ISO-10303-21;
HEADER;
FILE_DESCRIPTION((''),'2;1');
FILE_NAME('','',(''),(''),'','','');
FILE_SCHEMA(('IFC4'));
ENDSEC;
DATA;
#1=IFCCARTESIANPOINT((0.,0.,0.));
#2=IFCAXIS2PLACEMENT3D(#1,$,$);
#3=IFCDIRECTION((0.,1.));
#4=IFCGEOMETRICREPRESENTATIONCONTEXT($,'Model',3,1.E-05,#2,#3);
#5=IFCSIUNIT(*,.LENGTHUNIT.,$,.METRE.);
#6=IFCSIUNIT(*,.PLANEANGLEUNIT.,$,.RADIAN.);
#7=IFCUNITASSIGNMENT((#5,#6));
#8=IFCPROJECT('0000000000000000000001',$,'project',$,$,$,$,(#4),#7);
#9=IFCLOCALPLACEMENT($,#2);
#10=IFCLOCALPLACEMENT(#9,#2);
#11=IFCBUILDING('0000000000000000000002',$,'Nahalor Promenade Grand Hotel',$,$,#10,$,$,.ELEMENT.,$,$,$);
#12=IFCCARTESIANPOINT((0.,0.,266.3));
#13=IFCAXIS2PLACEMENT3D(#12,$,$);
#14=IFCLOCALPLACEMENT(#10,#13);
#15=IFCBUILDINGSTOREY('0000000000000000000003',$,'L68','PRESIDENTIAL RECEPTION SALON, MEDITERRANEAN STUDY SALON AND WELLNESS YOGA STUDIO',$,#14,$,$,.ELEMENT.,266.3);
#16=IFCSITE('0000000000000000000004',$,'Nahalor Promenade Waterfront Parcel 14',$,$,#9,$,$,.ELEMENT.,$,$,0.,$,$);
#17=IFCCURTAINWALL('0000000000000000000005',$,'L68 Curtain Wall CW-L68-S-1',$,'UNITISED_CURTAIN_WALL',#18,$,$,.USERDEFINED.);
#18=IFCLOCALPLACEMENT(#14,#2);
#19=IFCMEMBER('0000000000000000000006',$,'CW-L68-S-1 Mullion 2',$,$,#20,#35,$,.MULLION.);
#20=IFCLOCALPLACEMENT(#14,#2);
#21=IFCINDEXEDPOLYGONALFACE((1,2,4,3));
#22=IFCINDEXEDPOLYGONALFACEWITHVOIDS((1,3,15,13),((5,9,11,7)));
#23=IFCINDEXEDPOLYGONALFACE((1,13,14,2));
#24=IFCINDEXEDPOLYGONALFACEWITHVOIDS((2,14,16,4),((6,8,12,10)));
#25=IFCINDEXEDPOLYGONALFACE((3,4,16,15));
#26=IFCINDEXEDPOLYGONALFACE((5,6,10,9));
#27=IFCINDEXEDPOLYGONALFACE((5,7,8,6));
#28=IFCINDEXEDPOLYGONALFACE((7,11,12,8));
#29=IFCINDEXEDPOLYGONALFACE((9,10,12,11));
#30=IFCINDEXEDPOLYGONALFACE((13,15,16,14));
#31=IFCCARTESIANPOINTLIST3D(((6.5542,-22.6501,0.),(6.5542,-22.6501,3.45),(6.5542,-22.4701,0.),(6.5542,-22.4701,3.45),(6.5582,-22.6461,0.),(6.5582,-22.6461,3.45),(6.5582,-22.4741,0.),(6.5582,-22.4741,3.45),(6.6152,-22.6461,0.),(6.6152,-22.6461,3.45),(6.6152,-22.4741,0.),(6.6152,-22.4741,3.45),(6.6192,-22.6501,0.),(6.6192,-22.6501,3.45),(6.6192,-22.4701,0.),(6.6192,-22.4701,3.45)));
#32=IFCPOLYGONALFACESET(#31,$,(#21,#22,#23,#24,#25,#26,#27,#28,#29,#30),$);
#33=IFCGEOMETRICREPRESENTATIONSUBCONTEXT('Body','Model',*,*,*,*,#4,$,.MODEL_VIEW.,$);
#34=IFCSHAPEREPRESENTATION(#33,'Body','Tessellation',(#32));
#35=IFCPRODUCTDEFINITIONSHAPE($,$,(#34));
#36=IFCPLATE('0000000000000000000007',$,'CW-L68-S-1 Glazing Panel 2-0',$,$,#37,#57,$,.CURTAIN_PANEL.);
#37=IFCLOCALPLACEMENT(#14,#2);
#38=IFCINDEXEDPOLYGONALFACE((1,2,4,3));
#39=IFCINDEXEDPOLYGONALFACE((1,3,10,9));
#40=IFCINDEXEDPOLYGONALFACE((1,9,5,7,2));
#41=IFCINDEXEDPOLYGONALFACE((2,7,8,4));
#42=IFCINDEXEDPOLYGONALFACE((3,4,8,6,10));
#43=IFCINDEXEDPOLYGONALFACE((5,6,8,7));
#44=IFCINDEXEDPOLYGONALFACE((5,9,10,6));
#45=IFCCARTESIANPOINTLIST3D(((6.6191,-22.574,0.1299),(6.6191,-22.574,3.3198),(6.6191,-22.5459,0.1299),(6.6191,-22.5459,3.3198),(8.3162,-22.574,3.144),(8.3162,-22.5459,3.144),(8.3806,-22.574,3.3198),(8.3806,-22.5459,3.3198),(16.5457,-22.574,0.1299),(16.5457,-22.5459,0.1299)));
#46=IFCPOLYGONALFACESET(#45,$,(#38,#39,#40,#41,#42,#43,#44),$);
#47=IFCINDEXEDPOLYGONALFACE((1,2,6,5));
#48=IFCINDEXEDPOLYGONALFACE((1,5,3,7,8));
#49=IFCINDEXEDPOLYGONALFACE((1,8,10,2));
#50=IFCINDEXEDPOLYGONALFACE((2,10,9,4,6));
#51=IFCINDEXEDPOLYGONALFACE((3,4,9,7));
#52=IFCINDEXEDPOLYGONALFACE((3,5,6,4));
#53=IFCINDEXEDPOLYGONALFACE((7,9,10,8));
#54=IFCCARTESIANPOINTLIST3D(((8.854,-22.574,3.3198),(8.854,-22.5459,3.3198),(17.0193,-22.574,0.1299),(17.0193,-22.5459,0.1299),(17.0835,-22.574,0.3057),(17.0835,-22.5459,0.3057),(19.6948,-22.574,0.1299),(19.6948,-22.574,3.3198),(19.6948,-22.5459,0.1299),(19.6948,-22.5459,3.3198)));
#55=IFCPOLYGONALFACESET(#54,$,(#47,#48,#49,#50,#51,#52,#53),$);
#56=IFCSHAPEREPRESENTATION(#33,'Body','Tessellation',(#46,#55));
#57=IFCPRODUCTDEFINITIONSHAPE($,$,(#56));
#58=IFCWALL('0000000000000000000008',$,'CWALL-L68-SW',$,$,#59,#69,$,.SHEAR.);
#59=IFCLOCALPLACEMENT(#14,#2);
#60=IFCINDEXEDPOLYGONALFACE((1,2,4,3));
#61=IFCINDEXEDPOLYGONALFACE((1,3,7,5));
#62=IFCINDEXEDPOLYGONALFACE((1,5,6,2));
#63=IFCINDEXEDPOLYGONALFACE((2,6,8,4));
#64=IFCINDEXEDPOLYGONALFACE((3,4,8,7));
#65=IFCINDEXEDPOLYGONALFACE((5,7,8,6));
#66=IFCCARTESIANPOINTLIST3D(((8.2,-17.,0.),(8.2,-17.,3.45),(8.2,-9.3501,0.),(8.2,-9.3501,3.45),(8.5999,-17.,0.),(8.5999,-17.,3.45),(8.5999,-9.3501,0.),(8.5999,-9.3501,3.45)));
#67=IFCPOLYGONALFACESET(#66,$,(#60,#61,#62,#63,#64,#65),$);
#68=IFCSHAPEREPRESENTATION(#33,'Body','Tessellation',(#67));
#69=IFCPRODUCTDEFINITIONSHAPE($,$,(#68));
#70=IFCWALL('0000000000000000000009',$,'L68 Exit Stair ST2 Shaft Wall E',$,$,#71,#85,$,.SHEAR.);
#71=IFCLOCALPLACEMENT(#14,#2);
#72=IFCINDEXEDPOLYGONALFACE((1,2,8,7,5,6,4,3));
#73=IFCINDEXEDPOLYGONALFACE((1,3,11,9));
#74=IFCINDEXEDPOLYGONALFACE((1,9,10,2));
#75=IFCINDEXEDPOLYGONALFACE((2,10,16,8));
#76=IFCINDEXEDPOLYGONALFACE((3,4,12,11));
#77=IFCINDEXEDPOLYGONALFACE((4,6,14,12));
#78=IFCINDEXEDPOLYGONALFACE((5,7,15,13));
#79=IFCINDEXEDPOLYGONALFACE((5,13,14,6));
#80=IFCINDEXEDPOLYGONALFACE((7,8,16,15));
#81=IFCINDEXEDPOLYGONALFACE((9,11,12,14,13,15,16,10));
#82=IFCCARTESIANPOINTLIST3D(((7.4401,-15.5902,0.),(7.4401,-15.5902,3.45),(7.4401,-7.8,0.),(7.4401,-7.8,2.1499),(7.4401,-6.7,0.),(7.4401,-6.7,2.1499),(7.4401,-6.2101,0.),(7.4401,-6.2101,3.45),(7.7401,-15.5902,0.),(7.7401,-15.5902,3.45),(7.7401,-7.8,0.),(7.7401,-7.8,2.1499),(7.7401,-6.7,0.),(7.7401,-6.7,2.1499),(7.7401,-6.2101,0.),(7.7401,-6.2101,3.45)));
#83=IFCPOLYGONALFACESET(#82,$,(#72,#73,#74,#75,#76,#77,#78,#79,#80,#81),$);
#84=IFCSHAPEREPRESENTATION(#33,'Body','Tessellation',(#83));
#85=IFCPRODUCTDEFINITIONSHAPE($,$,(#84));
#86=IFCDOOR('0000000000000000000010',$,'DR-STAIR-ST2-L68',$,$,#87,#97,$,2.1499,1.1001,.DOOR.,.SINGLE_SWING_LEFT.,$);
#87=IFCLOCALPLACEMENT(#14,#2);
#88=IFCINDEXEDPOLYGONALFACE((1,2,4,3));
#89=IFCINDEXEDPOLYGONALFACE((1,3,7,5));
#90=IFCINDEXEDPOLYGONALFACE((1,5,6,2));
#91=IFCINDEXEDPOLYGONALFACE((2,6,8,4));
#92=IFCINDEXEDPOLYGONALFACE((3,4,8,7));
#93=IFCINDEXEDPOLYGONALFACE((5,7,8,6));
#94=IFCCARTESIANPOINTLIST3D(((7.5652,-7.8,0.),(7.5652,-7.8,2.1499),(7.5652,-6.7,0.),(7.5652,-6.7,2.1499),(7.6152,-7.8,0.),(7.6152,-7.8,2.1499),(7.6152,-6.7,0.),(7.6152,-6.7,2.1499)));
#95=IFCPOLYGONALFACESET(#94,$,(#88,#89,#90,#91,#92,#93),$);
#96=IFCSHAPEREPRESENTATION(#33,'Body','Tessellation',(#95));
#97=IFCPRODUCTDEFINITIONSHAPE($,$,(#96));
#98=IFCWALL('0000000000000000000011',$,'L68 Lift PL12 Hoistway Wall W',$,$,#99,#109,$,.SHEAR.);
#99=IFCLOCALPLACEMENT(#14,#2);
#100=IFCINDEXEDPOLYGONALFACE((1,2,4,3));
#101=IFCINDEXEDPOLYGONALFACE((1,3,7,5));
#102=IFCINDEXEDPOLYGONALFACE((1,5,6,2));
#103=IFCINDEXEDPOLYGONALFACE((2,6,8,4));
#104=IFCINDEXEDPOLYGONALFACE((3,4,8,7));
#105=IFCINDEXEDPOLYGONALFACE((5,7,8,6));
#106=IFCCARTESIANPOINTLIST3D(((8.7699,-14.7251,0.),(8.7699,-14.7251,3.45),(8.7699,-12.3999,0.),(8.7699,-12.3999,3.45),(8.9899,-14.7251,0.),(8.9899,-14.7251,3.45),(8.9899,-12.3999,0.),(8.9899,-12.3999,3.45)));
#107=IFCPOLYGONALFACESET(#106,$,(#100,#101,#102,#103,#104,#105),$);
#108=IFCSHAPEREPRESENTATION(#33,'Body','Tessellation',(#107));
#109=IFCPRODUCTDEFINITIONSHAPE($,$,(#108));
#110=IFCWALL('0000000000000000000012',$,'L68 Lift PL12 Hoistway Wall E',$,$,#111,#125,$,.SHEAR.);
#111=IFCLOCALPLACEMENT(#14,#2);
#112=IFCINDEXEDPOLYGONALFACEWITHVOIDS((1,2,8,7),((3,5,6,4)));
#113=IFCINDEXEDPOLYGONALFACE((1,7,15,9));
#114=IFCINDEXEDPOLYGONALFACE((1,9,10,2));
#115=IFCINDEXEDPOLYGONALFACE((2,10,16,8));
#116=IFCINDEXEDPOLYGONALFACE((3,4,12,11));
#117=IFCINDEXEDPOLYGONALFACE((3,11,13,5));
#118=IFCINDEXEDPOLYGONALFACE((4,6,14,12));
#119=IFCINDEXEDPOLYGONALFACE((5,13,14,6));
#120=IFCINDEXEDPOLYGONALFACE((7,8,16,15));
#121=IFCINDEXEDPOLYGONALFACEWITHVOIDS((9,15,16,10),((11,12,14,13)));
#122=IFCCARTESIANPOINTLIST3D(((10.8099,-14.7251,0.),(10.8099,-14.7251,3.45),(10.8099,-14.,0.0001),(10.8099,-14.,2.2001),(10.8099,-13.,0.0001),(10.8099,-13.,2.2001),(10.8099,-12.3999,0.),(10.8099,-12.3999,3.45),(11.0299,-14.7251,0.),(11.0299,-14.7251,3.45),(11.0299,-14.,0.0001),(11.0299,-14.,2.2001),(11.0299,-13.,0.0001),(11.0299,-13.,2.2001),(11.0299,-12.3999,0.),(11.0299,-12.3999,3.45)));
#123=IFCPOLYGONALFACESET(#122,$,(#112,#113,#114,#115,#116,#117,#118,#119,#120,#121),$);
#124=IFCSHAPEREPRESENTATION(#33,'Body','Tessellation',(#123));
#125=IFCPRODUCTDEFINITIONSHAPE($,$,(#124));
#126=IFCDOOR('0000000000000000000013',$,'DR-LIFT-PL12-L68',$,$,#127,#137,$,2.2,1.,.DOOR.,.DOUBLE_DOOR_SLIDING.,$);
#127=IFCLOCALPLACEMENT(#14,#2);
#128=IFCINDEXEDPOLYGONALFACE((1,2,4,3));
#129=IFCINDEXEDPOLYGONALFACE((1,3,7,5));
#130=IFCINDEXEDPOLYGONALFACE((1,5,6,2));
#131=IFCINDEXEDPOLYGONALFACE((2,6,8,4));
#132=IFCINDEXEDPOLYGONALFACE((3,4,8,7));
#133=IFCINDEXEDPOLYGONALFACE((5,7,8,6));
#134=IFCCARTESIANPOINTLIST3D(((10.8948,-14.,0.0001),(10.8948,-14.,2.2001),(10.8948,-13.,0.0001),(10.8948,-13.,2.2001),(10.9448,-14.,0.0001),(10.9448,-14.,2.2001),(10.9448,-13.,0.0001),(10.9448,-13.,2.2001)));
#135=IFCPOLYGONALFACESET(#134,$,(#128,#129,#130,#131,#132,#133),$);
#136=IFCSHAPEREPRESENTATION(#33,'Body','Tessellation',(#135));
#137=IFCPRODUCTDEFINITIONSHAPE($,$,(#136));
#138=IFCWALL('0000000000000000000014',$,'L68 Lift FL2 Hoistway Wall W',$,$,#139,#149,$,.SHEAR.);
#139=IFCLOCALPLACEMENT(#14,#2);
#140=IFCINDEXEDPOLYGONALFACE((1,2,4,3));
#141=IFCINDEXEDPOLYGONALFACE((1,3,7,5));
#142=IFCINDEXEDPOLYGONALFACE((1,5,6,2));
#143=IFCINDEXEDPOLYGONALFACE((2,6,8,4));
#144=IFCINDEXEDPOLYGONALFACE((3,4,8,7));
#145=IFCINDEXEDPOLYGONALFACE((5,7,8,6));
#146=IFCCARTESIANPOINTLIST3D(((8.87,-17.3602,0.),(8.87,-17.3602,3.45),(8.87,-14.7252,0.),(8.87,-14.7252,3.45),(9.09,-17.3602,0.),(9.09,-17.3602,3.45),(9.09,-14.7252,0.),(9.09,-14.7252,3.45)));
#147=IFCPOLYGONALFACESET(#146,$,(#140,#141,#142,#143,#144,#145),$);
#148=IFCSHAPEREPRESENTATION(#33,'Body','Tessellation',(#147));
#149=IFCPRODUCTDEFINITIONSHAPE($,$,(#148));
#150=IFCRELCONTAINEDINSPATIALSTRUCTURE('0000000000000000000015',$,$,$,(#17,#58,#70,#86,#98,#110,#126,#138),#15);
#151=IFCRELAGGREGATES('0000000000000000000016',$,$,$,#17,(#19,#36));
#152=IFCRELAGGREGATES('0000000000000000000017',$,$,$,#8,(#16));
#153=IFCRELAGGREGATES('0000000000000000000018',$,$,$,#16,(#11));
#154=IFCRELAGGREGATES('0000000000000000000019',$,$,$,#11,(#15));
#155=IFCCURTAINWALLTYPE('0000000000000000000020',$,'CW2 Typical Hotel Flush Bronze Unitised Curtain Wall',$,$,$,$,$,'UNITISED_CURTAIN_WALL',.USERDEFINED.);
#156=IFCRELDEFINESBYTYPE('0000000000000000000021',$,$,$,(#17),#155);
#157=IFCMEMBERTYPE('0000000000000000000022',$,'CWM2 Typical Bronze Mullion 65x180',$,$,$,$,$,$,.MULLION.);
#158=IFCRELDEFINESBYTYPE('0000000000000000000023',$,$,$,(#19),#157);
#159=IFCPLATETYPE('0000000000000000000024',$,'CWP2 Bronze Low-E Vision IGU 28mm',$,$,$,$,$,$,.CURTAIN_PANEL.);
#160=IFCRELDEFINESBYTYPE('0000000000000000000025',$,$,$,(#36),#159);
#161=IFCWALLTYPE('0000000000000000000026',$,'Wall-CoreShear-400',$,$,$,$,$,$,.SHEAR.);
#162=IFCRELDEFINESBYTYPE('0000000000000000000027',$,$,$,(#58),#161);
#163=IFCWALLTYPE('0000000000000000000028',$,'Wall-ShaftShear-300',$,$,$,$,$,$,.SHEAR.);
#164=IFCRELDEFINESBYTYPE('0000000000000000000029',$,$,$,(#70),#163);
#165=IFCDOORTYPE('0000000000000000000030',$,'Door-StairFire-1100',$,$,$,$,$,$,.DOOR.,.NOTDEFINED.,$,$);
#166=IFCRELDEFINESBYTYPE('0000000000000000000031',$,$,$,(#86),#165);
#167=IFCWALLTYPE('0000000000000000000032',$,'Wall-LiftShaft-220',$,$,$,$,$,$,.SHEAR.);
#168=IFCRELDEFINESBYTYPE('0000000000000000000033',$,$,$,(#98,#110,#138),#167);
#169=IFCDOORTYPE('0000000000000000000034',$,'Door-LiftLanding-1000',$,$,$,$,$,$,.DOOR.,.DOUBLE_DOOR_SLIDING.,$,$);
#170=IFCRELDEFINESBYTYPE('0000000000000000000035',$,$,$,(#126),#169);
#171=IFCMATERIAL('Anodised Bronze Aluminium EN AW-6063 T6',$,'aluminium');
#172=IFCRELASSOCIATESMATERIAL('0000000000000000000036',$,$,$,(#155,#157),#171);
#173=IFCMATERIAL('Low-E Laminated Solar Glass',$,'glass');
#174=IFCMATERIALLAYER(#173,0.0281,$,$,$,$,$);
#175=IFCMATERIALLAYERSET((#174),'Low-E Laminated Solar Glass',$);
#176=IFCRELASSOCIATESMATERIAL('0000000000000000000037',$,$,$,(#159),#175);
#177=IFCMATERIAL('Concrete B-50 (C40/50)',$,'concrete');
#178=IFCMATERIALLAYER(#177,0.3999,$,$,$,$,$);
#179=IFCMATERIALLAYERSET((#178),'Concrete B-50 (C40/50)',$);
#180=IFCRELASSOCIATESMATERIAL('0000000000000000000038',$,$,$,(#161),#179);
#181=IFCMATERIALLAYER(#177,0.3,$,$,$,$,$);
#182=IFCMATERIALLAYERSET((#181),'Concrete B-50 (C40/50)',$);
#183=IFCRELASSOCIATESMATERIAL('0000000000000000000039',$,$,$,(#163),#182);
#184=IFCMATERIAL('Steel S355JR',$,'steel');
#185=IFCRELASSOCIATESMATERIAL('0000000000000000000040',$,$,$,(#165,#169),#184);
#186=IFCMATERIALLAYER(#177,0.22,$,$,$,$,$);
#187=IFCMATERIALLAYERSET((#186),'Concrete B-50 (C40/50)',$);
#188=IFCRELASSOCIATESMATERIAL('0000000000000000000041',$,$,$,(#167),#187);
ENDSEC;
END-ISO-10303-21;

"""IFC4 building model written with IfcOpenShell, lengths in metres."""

from ifc_helpers import new_model, si_unit, direction, frame, frame_2d, origin, origin_2d, place, context, subcontext, project, spatial, polyline, rectangle, hollow_rectangle, outline, extrude, source, transform, mapped, material, layer, layer_set, material_profile, profile_set, type_object, element, fill, aggregate, save


model = new_model("IFC4")

# Units and contexts
model_context = context("Model", 3, precision=1e-05, world=origin(), true_north=direction((0.0, 1.0)))
body_context = subcontext(model_context, "Body", "Model", "MODEL_VIEW")
ifc_project = project(units=[si_unit("LENGTHUNIT", "METRE"), si_unit("PLANEANGLEUNIT", "RADIAN")], contexts=[model_context])

# Site, building, storey
site_placement = place(None, origin())
site = spatial("IfcSite", under=ifc_project, at=site_placement, Name="Nahalor Promenade Waterfront Parcel 14", CompositionType="ELEMENT", RefElevation=0.0)
building_placement = place(site_placement, origin())
building = spatial("IfcBuilding", under=site, at=building_placement, Name="Nahalor Promenade Grand Hotel", CompositionType="ELEMENT")
storey_placement = place(building_placement, frame((0.0, 0.0, 266.3)))
storey = spatial("IfcBuildingStorey", under=building, at=storey_placement, Name="L68", Description="PRESIDENTIAL RECEPTION SALON, MEDITERRANEAN STUDY SALON AND WELLNESS YOGA STUDIO", CompositionType="ELEMENT", Elevation=266.3)

# Shared definitions
ifc_material_1 = material(Name="Concrete B-50 (C40/50)", Category="concrete")
ifc_material_2 = material(Name="Steel S355JR", Category="steel")

# Curtain wall, member, plate
ifc_material_3 = material(Name="Anodised Bronze Aluminium EN AW-6063 T6", Category="aluminium")
curtain_wall_type = type_object("IfcCurtainWallType", Name="CW2 Typical Hotel Flush Bronze Unitised Curtain Wall", ElementType="UNITISED_CURTAIN_WALL", PredefinedType="USERDEFINED", material=ifc_material_3)
curtain_wall_placement = place(storey_placement, origin())
curtain_wall = element("IfcCurtainWall", 1, at=curtain_wall_placement, inside=storey, type_object=curtain_wall_type, Name="L68 Curtain Wall CW-L68-S-1", ObjectType="UNITISED_CURTAIN_WALL", PredefinedType="USERDEFINED")
ifc_material_profile_1 = material_profile(ifc_material_3, hollow_rectangle(XDim=0.065, YDim=0.18, WallThickness=0.004, at=origin_2d()), Name="CWM 65x180x4")
ifc_profile_set_1 = profile_set([ifc_material_profile_1], Name="Anodised Bronze Aluminium EN AW-6063 T6")
member_type_1 = type_object("IfcMemberType", Name="CWM2 Typical Bronze Mullion 65x180", PredefinedType="MULLION", material=ifc_profile_set_1)
shared_shape_1 = source(origin(), body_context, "Body", "SweptSolid", [
    extrude(hollow_rectangle(XDim=0.065, YDim=0.18, WallThickness=0.004, at=origin_2d()), origin(), (0.0, 0.0, 1.0), 3.45),
])
member_1_placement = place(storey_placement, frame((6.5867, -22.5601, 0.0), z_axis=(0.0, 0.0, 1.0), x_axis=(1.0, 0.0, 0.0)))
member_1 = element("IfcMember", 2, at=member_1_placement, type_object=member_type_1, Name="CW-L68-S-1 Mullion 2", PredefinedType="MULLION", context=body_context, shape_type="MappedRepresentation", body=[
    mapped(shared_shape_1, transform((0.0, 0.0, 0.0), scale=1.0)),
])
ifc_material_4 = material(Name="Low-E Laminated Solar Glass", Category="glass")
ifc_layer_1 = layer(ifc_material_4, 0.0281)
ifc_layer_set_1 = layer_set([ifc_layer_1], Name="Low-E Laminated Solar Glass")
plate_type = type_object("IfcPlateType", Name="CWP2 Bronze Low-E Vision IGU 28mm", PredefinedType="CURTAIN_PANEL", material=ifc_layer_set_1)
plate_placement = place(storey_placement, frame((13.157, -22.5601, 0.1299), z_axis=(0.0, 0.0, 1.0), x_axis=(1.0, 0.0, 0.0)))
plate = element("IfcPlate", 3, at=plate_placement, type_object=plate_type, Name="CW-L68-S-1 Glazing Panel 2-0", PredefinedType="CURTAIN_PANEL", context=body_context, shape_type="SweptSolid", body=[
    extrude(outline(polyline([(-6.5378, 3.1899), (-6.5378, 0.0), (3.3887, 0.0), (-4.8408, 3.0142), (-4.7764, 3.1899), (-6.5378, 3.1899)])), frame((0.0, 0.0142, 0.0), z_axis=(0.0, -1.0, 0.0), x_axis=(1.0, 0.0, 0.0)), (0.0, 0.0, 1.0), 0.0281),
    extrude(outline(polyline([(6.5378, 0.0), (6.5378, 3.1899), (-4.303, 3.1899), (3.9265, 0.1758), (3.8623, 0.0), (6.5378, 0.0)])), frame((0.0, 0.0142, 0.0), z_axis=(0.0, -1.0, 0.0), x_axis=(1.0, 0.0, 0.0)), (0.0, 0.0, 1.0), 0.0281),
])
aggregate(curtain_wall, [member_1, plate])

# Wall
ifc_layer_2 = layer(ifc_material_1, 0.3999)
ifc_layer_set_2 = layer_set([ifc_layer_2], Name="Concrete B-50 (C40/50)")
wall_type_1 = type_object("IfcWallType", Name="Wall-CoreShear-400", PredefinedType="SHEAR", material=ifc_layer_set_2)
shared_shape_2 = source(origin(), body_context, "Body", "SweptSolid", [
    extrude(rectangle(XDim=7.6499, YDim=0.3999, at=frame_2d((3.825, 0.0))), origin(), (0.0, 0.0, 1.0), 3.45),
])
wall_1_placement = place(storey_placement, frame((8.3999, -17.0, 0.0), z_axis=(0.0, 0.0, 1.0), x_axis=(0.0, 1.0, 0.0)))
element("IfcWall", 4, at=wall_1_placement, inside=storey, type_object=wall_type_1, Name="CWALL-L68-SW", PredefinedType="SHEAR", context=body_context, shape_type="MappedRepresentation", body=[
    mapped(shared_shape_2, transform((0.0, 0.0, 0.0), scale=1.0)),
])

# Wall, opening, door
ifc_layer_3 = layer(ifc_material_1, 0.3)
ifc_layer_set_3 = layer_set([ifc_layer_3], Name="Concrete B-50 (C40/50)")
wall_type_2 = type_object("IfcWallType", Name="Wall-ShaftShear-300", PredefinedType="SHEAR", material=ifc_layer_set_3)
shared_shape_3 = source(origin(), body_context, "Body", "SweptSolid", [
    extrude(rectangle(XDim=9.3801, YDim=0.3, at=frame_2d((4.6899, 0.0))), origin(), (0.0, 0.0, 1.0), 3.45),
])
wall_2_placement = place(storey_placement, frame((7.5901, -15.5901, 0.0), z_axis=(0.0, 0.0, 1.0), x_axis=(0.0, 1.0, 0.0)))
wall_2 = element("IfcWall", 5, at=wall_2_placement, inside=storey, type_object=wall_type_2, Name="L68 Exit Stair ST2 Shaft Wall E", PredefinedType="SHEAR", context=body_context, shape_type="MappedRepresentation", body=[
    mapped(shared_shape_3, transform((0.0, 0.0, 0.0), scale=1.0)),
])
opening_1_placement = place(wall_2_placement, frame((7.79, 0.0, 0.0)))
opening_1 = element("IfcOpeningElement", 6, at=opening_1_placement, cuts=wall_2, PredefinedType="OPENING", context=body_context, shape_type="SweptSolid", body=[
    extrude(rectangle(XDim=1.1001, YDim=2.1499, at=frame_2d((0.55, 1.075))), frame((0.0, 0.1599, 0.0), z_axis=(0.0, -1.0, 0.0), x_axis=(1.0, 0.0, 0.0)), (0.0, 0.0, 1.0), 0.3201),
])
door_type_1 = type_object("IfcDoorType", Name="Door-StairFire-1100", OperationType="NOTDEFINED", PredefinedType="DOOR", material=ifc_material_2)
shared_shape_4 = source(origin(), body_context, "Body", "SweptSolid", [
    extrude(rectangle(XDim=1.1001, YDim=2.1499, at=frame_2d((0.55, 1.075))), frame((0.0, 0.0249, 0.0), z_axis=(0.0, -1.0, 0.0), x_axis=(1.0, 0.0, 0.0)), (0.0, 0.0, 1.0), 0.05),
])
door_1_placement = place(opening_1_placement, origin())
door_1 = element("IfcDoor", 7, at=door_1_placement, inside=storey, type_object=door_type_1, Name="DR-STAIR-ST2-L68", OperationType="SINGLE_SWING_LEFT", OverallHeight=2.1499, OverallWidth=1.1001, PredefinedType="DOOR", context=body_context, shape_type="MappedRepresentation", body=[
    mapped(shared_shape_4, transform((0.0, 0.0, 0.0), scale=1.0)),
])
fill(opening_1, door_1)

# Wall
ifc_layer_4 = layer(ifc_material_1, 0.22)
ifc_layer_set_4 = layer_set([ifc_layer_4], Name="Concrete B-50 (C40/50)")
wall_type_3 = type_object("IfcWallType", Name="Wall-LiftShaft-220", PredefinedType="SHEAR", material=ifc_layer_set_4)
shared_shape_5 = source(origin(), body_context, "Body", "SweptSolid", [
    extrude(rectangle(XDim=2.3252, YDim=0.22, at=frame_2d((1.1626, 0.0))), origin(), (0.0, 0.0, 1.0), 3.45),
])
wall_3_placement = place(storey_placement, frame((8.8799, -14.7251, 0.0), z_axis=(0.0, 0.0, 1.0), x_axis=(0.0, 1.0, 0.0)))
element("IfcWall", 8, at=wall_3_placement, inside=storey, type_object=wall_type_3, Name="L68 Lift PL12 Hoistway Wall W", PredefinedType="SHEAR", context=body_context, shape_type="MappedRepresentation", body=[
    mapped(shared_shape_5, transform((0.0, 0.0, 0.0), scale=1.0)),
])

# Wall, opening, door
wall_4_placement = place(storey_placement, frame((10.9199, -14.7251, 0.0), z_axis=(0.0, 0.0, 1.0), x_axis=(0.0, 1.0, 0.0)))
wall_4 = element("IfcWall", 9, at=wall_4_placement, inside=storey, type_object=wall_type_3, Name="L68 Lift PL12 Hoistway Wall E", PredefinedType="SHEAR", context=body_context, shape_type="MappedRepresentation", body=[
    mapped(shared_shape_5, transform((0.0, 0.0, 0.0), scale=1.0)),
])
opening_2_placement = place(wall_4_placement, frame((0.7251, 0.0, 0.0)))
opening_2 = element("IfcOpeningElement", 10, at=opening_2_placement, cuts=wall_4, PredefinedType="OPENING", context=body_context, shape_type="SweptSolid", body=[
    extrude(rectangle(XDim=1.0, YDim=2.2, at=frame_2d((0.5, 1.1001))), frame((0.0, 0.1199, 0.0), z_axis=(0.0, -1.0, 0.0), x_axis=(1.0, 0.0, 0.0)), (0.0, 0.0, 1.0), 0.24),
])
door_type_2 = type_object("IfcDoorType", Name="Door-LiftLanding-1000", OperationType="DOUBLE_DOOR_SLIDING", PredefinedType="DOOR", material=ifc_material_2)
shared_shape_6 = source(origin(), body_context, "Body", "SweptSolid", [
    extrude(rectangle(XDim=1.0, YDim=2.2, at=frame_2d((0.5, 1.1001))), frame((0.0, 0.0249, 0.0), z_axis=(0.0, -1.0, 0.0), x_axis=(1.0, 0.0, 0.0)), (0.0, 0.0, 1.0), 0.05),
])
door_2_placement = place(opening_2_placement, frame((1.0, 0.0, 0.0), z_axis=(0.0, 0.0, 1.0), x_axis=(-1.0, 0.0, 0.0)))
door_2 = element("IfcDoor", 11, at=door_2_placement, inside=storey, type_object=door_type_2, Name="DR-LIFT-PL12-L68", OperationType="DOUBLE_DOOR_SLIDING", OverallHeight=2.2, OverallWidth=1.0, PredefinedType="DOOR", context=body_context, shape_type="MappedRepresentation", body=[
    mapped(shared_shape_6, transform((0.0, 0.0, 0.0), scale=1.0)),
])
fill(opening_2, door_2)

# Wall
shared_shape_7 = source(origin(), body_context, "Body", "SweptSolid", [
    extrude(rectangle(XDim=2.635, YDim=0.22, at=frame_2d((1.3174, 0.0))), origin(), (0.0, 0.0, 1.0), 3.45),
])
wall_5_placement = place(storey_placement, frame((8.98, -17.3601, 0.0), z_axis=(0.0, 0.0, 1.0), x_axis=(0.0, 1.0, 0.0)))
element("IfcWall", 12, at=wall_5_placement, inside=storey, type_object=wall_type_3, Name="L68 Lift FL2 Hoistway Wall W", PredefinedType="SHEAR", context=body_context, shape_type="MappedRepresentation", body=[
    mapped(shared_shape_7, transform((0.0, 0.0, 0.0), scale=1.0)),
])

save(model, "model.ifc")
